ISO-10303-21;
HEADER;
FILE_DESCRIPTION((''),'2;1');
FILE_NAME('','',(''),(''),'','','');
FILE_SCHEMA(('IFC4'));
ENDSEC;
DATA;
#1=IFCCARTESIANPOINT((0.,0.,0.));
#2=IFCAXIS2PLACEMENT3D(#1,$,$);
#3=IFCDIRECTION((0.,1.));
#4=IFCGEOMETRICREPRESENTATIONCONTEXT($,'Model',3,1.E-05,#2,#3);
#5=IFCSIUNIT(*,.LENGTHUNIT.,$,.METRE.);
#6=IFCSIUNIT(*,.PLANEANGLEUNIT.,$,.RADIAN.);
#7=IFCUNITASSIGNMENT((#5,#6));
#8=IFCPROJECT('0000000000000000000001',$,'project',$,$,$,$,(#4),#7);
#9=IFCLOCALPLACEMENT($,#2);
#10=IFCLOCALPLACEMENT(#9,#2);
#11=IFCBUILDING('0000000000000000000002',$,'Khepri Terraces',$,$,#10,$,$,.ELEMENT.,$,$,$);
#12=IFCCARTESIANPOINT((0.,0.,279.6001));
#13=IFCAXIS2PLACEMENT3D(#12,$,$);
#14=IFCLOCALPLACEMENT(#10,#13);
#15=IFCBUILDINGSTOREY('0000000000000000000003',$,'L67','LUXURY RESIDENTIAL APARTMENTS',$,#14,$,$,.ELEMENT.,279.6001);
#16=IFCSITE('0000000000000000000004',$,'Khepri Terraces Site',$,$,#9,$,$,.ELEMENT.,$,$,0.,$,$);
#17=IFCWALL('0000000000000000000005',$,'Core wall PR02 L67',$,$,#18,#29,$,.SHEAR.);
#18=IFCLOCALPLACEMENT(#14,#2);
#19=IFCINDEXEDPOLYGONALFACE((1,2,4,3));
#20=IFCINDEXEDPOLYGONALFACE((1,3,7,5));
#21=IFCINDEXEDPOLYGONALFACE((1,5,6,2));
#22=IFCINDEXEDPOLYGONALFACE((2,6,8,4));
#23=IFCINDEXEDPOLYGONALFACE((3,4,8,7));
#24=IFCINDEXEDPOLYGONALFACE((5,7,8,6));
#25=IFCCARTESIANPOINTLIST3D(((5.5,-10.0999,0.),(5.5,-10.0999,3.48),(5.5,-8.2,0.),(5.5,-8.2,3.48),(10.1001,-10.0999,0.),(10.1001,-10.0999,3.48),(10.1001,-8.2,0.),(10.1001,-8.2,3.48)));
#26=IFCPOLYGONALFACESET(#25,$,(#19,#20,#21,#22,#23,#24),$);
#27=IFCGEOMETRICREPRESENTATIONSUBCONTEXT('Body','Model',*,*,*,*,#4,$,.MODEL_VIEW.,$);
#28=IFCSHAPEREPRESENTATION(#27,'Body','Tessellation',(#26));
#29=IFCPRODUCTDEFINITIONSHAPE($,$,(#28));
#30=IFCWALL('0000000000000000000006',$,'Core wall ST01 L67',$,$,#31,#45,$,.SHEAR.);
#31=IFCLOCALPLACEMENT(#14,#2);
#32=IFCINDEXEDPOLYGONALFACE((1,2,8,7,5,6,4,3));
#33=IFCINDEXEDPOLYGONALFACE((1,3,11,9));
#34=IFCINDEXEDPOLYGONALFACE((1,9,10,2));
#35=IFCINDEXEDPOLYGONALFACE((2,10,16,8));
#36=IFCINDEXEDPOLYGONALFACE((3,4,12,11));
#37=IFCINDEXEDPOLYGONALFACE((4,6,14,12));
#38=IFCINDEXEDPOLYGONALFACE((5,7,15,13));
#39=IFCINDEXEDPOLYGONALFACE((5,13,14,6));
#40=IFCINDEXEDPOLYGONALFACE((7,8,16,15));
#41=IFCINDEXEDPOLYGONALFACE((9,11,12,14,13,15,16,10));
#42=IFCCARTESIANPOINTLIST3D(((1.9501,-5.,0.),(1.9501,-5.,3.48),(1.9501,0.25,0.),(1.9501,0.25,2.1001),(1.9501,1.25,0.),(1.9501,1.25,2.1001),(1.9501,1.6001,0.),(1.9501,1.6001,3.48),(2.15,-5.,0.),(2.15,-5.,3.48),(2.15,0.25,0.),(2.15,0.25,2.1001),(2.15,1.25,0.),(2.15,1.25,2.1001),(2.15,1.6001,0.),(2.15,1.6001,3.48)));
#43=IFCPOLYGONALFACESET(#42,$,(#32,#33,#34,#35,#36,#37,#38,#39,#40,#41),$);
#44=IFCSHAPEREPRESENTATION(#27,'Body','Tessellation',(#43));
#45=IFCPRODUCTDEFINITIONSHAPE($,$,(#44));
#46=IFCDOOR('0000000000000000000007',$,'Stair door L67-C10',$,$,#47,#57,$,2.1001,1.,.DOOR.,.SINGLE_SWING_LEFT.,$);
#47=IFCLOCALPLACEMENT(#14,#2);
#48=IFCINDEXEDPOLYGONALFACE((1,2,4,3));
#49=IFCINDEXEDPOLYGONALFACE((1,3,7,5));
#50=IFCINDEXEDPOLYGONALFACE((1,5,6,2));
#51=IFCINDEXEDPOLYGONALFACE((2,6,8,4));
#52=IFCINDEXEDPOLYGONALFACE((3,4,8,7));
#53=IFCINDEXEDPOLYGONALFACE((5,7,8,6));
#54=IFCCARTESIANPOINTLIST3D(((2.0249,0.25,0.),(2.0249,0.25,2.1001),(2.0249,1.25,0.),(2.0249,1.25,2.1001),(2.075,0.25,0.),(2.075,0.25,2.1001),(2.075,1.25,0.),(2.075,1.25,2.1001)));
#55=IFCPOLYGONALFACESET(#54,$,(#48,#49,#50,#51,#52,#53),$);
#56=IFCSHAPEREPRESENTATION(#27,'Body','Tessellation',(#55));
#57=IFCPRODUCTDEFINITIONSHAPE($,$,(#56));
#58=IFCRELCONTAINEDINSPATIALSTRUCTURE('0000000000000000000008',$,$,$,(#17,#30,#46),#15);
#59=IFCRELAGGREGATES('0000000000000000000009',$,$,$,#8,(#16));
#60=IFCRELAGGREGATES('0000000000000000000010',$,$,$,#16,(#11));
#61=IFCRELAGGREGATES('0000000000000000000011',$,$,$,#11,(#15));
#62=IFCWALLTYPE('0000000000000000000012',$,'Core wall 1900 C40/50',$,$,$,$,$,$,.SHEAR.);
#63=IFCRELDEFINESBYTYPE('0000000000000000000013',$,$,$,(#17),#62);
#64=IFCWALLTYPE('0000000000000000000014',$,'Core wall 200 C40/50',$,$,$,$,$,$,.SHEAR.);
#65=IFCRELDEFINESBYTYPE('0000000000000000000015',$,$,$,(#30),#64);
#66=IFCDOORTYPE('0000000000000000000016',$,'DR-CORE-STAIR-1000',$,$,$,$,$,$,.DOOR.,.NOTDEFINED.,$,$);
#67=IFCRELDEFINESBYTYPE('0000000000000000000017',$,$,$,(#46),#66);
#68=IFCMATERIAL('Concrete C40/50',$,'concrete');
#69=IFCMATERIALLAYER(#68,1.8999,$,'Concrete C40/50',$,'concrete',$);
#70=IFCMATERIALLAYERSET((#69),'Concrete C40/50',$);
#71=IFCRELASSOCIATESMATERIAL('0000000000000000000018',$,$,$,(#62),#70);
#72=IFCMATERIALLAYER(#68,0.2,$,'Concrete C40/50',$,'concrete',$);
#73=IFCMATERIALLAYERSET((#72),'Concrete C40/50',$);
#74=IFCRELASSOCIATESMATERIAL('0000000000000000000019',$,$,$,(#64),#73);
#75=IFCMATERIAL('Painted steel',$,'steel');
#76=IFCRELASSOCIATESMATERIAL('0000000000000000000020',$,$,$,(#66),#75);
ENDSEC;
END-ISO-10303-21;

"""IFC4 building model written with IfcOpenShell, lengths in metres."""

from ifc_helpers import new_model, si_unit, direction, frame, frame_2d, origin, place, context, subcontext, project, spatial, rectangle, extrude, material, layer, layer_set, type_object, element, fill, save


model = new_model("IFC4")

# Units and contexts
model_context = context("Model", 3, precision=1e-05, world=origin(), true_north=direction((0.0, 1.0)))
body_context = subcontext(model_context, "Body", "Model", "MODEL_VIEW")
ifc_project = project(units=[si_unit("LENGTHUNIT", "METRE"), si_unit("PLANEANGLEUNIT", "RADIAN")], contexts=[model_context])

# Site, building, storey
site_placement = place(None, origin())
site = spatial("IfcSite", under=ifc_project, at=site_placement, Name="Khepri Terraces Site", CompositionType="ELEMENT", RefElevation=0.0)
building_placement = place(site_placement, origin())
building = spatial("IfcBuilding", under=site, at=building_placement, Name="Khepri Terraces", CompositionType="ELEMENT")
storey_placement = place(building_placement, frame((0.0, 0.0, 279.6001)))
storey = spatial("IfcBuildingStorey", under=building, at=storey_placement, Name="L67", Description="LUXURY RESIDENTIAL APARTMENTS", CompositionType="ELEMENT", Elevation=279.6001)

# Wall
ifc_material_1 = material(Name="Concrete C40/50", Category="concrete")
ifc_layer_1 = layer(ifc_material_1, 1.8999, Name="Concrete C40/50", Category="concrete")
ifc_layer_set_1 = layer_set([ifc_layer_1], Name="Concrete C40/50")
wall_type_1 = type_object("IfcWallType", Name="Core wall 1900 C40/50", PredefinedType="SHEAR", material=ifc_layer_set_1)
wall_1_placement = place(storey_placement, frame((5.5, -9.1499, 0.0), z_axis=(0.0, 0.0, 1.0), x_axis=(1.0, 0.0, 0.0)))
element("IfcWall", 1, at=wall_1_placement, inside=storey, type_object=wall_type_1, Name="Core wall PR02 L67", PredefinedType="SHEAR", context=body_context, shape_type="SweptSolid", body=[
    extrude(rectangle(XDim=4.6001, YDim=1.8999, at=frame_2d((2.3, 0.0))), origin(), (0.0, 0.0, 1.0), 3.48),
])

# Wall, opening, door
ifc_layer_2 = layer(ifc_material_1, 0.2, Name="Concrete C40/50", Category="concrete")
ifc_layer_set_2 = layer_set([ifc_layer_2], Name="Concrete C40/50")
wall_type_2 = type_object("IfcWallType", Name="Core wall 200 C40/50", PredefinedType="SHEAR", material=ifc_layer_set_2)
wall_2_placement = place(storey_placement, frame((2.05, -5.0, 0.0), z_axis=(0.0, 0.0, 1.0), x_axis=(0.0, 1.0, 0.0)))
wall_2 = element("IfcWall", 2, at=wall_2_placement, inside=storey, type_object=wall_type_2, Name="Core wall ST01 L67", PredefinedType="SHEAR", context=body_context, shape_type="SweptSolid", body=[
    extrude(rectangle(XDim=6.6001, YDim=0.2, at=frame_2d((3.3, 0.0))), origin(), (0.0, 0.0, 1.0), 3.48),
])
opening_1_placement = place(wall_2_placement, frame((5.25, 0.0, 0.0)))
opening_1 = element("IfcOpeningElement", 3, at=opening_1_placement, cuts=wall_2, PredefinedType="OPENING", context=body_context, shape_type="SweptSolid", body=[
    extrude(rectangle(XDim=1.0, YDim=2.1001, at=frame_2d((0.5, 1.05))), frame((0.0, 0.1099, 0.0), z_axis=(0.0, -1.0, 0.0), x_axis=(1.0, 0.0, 0.0)), (0.0, 0.0, 1.0), 0.22),
])
ifc_material_2 = material(Name="Painted steel", Category="steel")
door_type_1 = type_object("IfcDoorType", Name="DR-CORE-STAIR-1000", OperationType="NOTDEFINED", PredefinedType="DOOR", material=ifc_material_2)
door_1_placement = place(opening_1_placement, frame((1.0, 0.0, 0.0), z_axis=(0.0, 0.0, 1.0), x_axis=(-1.0, 0.0, 0.0)))
door_1 = element("IfcDoor", 4, at=door_1_placement, inside=storey, type_object=door_type_1, Name="Stair door L67-C10", OperationType="SINGLE_SWING_LEFT", OverallHeight=2.1001, OverallWidth=1.0, PredefinedType="DOOR", context=body_context, shape_type="SweptSolid", body=[
    extrude(rectangle(XDim=1.0, YDim=2.1001, at=frame_2d((0.5, 1.05))), frame((0.0, 0.0249, 0.0), z_axis=(0.0, -1.0, 0.0), x_axis=(1.0, 0.0, 0.0)), (0.0, 0.0, 1.0), 0.05),
])
fill(opening_1, door_1)

save(model, "model.ifc")
